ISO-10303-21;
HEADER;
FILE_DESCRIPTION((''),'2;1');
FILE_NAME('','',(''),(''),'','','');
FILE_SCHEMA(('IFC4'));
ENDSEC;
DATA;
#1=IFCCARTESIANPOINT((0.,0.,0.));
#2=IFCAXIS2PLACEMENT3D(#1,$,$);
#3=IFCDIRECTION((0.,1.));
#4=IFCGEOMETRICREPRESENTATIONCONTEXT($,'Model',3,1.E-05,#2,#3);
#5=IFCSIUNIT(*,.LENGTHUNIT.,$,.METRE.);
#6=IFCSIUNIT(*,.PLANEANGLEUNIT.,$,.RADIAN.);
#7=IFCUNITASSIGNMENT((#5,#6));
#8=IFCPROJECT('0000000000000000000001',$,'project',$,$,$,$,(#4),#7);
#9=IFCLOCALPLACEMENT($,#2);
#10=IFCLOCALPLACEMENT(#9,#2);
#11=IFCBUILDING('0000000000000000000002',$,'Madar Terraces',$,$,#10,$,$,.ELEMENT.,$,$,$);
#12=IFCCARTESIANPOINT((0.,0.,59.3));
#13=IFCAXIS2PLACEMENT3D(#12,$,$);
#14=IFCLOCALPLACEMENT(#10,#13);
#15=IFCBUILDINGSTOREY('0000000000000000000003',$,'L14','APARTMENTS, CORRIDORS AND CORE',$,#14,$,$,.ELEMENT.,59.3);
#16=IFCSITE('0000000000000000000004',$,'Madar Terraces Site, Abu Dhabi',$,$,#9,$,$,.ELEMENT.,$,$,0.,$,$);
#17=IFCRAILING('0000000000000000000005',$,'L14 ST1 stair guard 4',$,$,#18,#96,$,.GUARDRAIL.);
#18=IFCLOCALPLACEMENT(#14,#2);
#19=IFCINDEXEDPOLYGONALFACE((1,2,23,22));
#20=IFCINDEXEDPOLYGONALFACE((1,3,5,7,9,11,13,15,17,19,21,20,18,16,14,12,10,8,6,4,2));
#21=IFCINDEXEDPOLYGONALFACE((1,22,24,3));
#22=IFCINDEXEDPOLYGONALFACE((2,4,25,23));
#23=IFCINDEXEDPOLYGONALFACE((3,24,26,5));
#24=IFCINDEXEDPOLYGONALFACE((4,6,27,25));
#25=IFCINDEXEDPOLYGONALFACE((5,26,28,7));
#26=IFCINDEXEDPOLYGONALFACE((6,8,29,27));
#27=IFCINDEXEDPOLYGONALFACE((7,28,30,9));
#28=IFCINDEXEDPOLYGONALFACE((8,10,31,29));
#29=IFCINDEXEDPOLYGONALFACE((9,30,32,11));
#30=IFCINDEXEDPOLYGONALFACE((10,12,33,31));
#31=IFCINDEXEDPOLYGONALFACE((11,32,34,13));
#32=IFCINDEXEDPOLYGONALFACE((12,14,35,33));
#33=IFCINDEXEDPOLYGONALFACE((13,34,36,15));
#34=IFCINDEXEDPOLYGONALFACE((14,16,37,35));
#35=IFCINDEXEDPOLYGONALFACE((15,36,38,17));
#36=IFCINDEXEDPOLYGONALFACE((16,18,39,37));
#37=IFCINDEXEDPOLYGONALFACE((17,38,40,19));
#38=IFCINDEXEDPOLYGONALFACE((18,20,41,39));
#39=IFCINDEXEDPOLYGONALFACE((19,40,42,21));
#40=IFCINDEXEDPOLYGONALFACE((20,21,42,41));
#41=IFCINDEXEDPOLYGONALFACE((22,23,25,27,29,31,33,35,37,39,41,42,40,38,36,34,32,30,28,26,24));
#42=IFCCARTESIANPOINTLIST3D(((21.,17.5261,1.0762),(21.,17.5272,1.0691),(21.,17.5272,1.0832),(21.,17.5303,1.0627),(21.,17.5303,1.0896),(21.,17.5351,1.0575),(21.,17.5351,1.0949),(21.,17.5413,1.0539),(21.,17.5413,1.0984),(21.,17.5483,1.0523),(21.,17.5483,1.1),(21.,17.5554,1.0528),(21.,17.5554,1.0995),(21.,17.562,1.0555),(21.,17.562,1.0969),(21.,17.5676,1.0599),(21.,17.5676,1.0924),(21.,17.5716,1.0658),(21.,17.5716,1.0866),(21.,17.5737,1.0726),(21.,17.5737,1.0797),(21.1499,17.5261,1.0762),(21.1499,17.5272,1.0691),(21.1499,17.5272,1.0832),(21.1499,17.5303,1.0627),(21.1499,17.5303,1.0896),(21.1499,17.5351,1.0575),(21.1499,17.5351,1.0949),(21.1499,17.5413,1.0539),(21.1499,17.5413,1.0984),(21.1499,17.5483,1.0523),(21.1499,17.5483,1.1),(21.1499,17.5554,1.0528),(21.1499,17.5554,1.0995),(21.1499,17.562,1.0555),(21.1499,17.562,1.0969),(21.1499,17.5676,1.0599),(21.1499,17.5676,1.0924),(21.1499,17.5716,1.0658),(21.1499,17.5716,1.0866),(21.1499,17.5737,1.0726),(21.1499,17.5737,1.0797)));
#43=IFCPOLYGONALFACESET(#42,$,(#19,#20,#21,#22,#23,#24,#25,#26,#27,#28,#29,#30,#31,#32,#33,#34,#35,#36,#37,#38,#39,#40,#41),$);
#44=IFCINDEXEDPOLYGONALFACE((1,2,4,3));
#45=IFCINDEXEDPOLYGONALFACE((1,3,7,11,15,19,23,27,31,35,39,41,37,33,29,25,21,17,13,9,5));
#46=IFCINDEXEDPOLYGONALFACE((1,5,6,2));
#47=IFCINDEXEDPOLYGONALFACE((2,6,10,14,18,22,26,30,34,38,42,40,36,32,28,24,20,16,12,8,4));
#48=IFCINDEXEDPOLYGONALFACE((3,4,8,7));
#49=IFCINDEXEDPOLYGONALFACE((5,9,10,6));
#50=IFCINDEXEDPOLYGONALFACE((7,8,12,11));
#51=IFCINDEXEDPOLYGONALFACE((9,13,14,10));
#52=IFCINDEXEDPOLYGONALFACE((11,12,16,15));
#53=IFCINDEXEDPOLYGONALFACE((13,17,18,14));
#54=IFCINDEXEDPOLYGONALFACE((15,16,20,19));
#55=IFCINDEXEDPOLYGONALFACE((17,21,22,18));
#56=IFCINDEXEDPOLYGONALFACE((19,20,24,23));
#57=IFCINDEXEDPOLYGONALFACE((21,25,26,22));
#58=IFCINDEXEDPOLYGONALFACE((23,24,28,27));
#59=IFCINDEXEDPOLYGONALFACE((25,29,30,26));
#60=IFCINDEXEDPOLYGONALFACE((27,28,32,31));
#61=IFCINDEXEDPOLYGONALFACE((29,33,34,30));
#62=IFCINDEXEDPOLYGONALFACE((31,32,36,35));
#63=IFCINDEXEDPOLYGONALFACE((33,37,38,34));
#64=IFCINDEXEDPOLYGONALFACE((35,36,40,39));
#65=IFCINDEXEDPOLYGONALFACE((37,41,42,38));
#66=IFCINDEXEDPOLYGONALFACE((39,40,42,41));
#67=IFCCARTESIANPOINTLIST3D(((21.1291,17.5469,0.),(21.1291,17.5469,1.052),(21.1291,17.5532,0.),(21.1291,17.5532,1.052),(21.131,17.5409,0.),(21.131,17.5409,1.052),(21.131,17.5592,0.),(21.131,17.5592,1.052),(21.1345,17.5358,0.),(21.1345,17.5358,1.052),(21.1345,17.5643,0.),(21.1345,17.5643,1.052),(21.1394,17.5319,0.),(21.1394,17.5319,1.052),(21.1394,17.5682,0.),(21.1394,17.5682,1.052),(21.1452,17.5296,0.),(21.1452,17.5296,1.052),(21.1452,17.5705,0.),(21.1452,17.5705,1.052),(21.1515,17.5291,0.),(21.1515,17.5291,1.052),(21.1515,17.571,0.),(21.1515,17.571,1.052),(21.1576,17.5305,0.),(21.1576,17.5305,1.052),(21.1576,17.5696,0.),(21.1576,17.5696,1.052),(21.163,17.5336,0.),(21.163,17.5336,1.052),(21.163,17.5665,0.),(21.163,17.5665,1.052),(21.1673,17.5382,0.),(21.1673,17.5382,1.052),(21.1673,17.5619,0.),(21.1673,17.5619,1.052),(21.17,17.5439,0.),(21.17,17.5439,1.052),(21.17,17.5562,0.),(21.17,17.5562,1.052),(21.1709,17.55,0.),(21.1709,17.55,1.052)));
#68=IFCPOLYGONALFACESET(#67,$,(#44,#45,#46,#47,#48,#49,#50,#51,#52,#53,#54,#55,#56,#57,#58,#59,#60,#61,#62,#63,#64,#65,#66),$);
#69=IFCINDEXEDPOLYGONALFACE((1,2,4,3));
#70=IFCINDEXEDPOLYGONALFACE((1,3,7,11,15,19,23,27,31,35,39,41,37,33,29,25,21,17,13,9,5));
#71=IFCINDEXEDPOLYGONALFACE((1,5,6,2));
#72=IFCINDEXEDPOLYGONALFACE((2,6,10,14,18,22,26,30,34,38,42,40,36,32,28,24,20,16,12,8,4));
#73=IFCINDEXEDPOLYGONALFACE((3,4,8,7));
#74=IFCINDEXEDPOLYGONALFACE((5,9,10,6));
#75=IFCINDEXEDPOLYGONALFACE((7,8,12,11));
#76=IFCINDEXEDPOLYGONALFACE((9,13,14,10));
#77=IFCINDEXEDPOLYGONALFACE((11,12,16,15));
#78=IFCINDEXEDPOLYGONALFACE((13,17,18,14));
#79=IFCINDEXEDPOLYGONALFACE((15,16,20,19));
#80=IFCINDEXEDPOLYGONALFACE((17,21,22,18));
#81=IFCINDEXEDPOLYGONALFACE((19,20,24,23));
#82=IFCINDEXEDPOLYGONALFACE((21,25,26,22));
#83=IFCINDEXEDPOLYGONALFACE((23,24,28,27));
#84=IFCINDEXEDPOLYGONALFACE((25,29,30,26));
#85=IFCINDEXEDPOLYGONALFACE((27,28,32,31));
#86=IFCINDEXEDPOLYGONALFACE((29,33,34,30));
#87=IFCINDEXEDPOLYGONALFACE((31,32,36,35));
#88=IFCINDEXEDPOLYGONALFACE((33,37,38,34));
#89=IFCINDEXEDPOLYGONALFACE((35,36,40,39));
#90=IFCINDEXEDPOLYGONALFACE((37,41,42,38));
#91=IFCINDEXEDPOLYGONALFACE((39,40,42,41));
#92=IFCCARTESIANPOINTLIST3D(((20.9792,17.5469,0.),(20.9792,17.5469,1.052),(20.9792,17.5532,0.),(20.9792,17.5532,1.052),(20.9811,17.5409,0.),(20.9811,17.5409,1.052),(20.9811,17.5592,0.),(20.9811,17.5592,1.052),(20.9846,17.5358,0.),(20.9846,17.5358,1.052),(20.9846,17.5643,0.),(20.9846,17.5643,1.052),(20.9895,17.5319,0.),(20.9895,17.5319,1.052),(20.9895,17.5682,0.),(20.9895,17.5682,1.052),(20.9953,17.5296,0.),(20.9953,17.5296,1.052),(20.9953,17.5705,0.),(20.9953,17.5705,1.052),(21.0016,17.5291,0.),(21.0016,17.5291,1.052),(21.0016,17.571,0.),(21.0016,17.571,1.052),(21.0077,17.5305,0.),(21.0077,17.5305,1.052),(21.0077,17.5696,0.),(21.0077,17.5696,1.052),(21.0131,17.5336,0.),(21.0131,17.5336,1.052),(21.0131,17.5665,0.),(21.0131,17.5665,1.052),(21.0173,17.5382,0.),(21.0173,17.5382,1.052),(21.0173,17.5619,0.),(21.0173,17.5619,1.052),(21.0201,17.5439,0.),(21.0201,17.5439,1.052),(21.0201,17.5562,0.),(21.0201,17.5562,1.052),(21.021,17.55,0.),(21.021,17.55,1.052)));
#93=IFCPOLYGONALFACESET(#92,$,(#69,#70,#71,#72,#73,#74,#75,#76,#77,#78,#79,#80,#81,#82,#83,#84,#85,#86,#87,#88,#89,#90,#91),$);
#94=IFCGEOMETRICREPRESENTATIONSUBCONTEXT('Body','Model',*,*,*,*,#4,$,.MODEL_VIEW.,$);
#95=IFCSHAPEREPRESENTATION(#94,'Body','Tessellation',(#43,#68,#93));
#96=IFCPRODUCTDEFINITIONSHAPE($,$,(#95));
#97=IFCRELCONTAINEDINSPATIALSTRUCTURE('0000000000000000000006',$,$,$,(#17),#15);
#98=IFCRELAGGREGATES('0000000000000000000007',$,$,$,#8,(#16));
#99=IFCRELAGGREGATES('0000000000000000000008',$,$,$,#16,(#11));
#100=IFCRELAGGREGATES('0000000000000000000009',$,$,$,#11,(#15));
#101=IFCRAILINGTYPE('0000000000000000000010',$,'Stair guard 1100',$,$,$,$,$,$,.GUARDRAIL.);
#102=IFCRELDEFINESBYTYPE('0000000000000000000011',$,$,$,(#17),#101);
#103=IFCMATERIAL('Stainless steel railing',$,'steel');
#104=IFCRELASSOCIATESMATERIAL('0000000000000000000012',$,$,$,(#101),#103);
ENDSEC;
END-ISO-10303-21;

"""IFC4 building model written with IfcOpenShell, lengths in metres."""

from ifc_helpers import new_model, si_unit, direction, frame, origin, origin_2d, place, context, subcontext, project, spatial, circle, extrude, material, type_object, element, save


model = new_model("IFC4")

# Units and contexts
model_context = context("Model", 3, precision=1e-05, world=origin(), true_north=direction((0.0, 1.0)))
body_context = subcontext(model_context, "Body", "Model", "MODEL_VIEW")
ifc_project = project(units=[si_unit("LENGTHUNIT", "METRE"), si_unit("PLANEANGLEUNIT", "RADIAN")], contexts=[model_context])

# Site, building, storey
site_placement = place(None, origin())
site = spatial("IfcSite", under=ifc_project, at=site_placement, Name="Madar Terraces Site, Abu Dhabi", CompositionType="ELEMENT", RefElevation=0.0)
building_placement = place(site_placement, origin())
building = spatial("IfcBuilding", under=site, at=building_placement, Name="Madar Terraces", CompositionType="ELEMENT")
storey_placement = place(building_placement, frame((0.0, 0.0, 59.3)))
storey = spatial("IfcBuildingStorey", under=building, at=storey_placement, Name="L14", Description="APARTMENTS, CORRIDORS AND CORE", CompositionType="ELEMENT", Elevation=59.3)

# Railing
ifc_material_1 = material(Name="Stainless steel railing", Category="steel")
railing_type_1 = type_object("IfcRailingType", Name="Stair guard 1100", PredefinedType="GUARDRAIL", material=ifc_material_1)
railing_1_placement = place(storey_placement, frame((21.1499, 17.55, 0.0)))
element("IfcRailing", 1, at=railing_1_placement, inside=storey, type_object=railing_type_1, Name="L14 ST1 stair guard 4", PredefinedType="GUARDRAIL", context=body_context, shape_type="SweptSolid", body=[
    extrude(circle(Radius=0.0239, at=origin_2d()), frame((0.0, 0.0, 1.0762), z_axis=(-1.0, 0.0, 0.0), x_axis=(0.0, -1.0, 0.0)), (0.0, 0.0, 1.0), 0.1499),
    extrude(circle(Radius=0.021, at=origin_2d()), origin(), (0.0, 0.0, 1.0), 1.052),
    extrude(circle(Radius=0.021, at=origin_2d()), frame((-0.1499, 0.0, 0.0)), (0.0, 0.0, 1.0), 1.052),
])

save(model, "model.ifc")
